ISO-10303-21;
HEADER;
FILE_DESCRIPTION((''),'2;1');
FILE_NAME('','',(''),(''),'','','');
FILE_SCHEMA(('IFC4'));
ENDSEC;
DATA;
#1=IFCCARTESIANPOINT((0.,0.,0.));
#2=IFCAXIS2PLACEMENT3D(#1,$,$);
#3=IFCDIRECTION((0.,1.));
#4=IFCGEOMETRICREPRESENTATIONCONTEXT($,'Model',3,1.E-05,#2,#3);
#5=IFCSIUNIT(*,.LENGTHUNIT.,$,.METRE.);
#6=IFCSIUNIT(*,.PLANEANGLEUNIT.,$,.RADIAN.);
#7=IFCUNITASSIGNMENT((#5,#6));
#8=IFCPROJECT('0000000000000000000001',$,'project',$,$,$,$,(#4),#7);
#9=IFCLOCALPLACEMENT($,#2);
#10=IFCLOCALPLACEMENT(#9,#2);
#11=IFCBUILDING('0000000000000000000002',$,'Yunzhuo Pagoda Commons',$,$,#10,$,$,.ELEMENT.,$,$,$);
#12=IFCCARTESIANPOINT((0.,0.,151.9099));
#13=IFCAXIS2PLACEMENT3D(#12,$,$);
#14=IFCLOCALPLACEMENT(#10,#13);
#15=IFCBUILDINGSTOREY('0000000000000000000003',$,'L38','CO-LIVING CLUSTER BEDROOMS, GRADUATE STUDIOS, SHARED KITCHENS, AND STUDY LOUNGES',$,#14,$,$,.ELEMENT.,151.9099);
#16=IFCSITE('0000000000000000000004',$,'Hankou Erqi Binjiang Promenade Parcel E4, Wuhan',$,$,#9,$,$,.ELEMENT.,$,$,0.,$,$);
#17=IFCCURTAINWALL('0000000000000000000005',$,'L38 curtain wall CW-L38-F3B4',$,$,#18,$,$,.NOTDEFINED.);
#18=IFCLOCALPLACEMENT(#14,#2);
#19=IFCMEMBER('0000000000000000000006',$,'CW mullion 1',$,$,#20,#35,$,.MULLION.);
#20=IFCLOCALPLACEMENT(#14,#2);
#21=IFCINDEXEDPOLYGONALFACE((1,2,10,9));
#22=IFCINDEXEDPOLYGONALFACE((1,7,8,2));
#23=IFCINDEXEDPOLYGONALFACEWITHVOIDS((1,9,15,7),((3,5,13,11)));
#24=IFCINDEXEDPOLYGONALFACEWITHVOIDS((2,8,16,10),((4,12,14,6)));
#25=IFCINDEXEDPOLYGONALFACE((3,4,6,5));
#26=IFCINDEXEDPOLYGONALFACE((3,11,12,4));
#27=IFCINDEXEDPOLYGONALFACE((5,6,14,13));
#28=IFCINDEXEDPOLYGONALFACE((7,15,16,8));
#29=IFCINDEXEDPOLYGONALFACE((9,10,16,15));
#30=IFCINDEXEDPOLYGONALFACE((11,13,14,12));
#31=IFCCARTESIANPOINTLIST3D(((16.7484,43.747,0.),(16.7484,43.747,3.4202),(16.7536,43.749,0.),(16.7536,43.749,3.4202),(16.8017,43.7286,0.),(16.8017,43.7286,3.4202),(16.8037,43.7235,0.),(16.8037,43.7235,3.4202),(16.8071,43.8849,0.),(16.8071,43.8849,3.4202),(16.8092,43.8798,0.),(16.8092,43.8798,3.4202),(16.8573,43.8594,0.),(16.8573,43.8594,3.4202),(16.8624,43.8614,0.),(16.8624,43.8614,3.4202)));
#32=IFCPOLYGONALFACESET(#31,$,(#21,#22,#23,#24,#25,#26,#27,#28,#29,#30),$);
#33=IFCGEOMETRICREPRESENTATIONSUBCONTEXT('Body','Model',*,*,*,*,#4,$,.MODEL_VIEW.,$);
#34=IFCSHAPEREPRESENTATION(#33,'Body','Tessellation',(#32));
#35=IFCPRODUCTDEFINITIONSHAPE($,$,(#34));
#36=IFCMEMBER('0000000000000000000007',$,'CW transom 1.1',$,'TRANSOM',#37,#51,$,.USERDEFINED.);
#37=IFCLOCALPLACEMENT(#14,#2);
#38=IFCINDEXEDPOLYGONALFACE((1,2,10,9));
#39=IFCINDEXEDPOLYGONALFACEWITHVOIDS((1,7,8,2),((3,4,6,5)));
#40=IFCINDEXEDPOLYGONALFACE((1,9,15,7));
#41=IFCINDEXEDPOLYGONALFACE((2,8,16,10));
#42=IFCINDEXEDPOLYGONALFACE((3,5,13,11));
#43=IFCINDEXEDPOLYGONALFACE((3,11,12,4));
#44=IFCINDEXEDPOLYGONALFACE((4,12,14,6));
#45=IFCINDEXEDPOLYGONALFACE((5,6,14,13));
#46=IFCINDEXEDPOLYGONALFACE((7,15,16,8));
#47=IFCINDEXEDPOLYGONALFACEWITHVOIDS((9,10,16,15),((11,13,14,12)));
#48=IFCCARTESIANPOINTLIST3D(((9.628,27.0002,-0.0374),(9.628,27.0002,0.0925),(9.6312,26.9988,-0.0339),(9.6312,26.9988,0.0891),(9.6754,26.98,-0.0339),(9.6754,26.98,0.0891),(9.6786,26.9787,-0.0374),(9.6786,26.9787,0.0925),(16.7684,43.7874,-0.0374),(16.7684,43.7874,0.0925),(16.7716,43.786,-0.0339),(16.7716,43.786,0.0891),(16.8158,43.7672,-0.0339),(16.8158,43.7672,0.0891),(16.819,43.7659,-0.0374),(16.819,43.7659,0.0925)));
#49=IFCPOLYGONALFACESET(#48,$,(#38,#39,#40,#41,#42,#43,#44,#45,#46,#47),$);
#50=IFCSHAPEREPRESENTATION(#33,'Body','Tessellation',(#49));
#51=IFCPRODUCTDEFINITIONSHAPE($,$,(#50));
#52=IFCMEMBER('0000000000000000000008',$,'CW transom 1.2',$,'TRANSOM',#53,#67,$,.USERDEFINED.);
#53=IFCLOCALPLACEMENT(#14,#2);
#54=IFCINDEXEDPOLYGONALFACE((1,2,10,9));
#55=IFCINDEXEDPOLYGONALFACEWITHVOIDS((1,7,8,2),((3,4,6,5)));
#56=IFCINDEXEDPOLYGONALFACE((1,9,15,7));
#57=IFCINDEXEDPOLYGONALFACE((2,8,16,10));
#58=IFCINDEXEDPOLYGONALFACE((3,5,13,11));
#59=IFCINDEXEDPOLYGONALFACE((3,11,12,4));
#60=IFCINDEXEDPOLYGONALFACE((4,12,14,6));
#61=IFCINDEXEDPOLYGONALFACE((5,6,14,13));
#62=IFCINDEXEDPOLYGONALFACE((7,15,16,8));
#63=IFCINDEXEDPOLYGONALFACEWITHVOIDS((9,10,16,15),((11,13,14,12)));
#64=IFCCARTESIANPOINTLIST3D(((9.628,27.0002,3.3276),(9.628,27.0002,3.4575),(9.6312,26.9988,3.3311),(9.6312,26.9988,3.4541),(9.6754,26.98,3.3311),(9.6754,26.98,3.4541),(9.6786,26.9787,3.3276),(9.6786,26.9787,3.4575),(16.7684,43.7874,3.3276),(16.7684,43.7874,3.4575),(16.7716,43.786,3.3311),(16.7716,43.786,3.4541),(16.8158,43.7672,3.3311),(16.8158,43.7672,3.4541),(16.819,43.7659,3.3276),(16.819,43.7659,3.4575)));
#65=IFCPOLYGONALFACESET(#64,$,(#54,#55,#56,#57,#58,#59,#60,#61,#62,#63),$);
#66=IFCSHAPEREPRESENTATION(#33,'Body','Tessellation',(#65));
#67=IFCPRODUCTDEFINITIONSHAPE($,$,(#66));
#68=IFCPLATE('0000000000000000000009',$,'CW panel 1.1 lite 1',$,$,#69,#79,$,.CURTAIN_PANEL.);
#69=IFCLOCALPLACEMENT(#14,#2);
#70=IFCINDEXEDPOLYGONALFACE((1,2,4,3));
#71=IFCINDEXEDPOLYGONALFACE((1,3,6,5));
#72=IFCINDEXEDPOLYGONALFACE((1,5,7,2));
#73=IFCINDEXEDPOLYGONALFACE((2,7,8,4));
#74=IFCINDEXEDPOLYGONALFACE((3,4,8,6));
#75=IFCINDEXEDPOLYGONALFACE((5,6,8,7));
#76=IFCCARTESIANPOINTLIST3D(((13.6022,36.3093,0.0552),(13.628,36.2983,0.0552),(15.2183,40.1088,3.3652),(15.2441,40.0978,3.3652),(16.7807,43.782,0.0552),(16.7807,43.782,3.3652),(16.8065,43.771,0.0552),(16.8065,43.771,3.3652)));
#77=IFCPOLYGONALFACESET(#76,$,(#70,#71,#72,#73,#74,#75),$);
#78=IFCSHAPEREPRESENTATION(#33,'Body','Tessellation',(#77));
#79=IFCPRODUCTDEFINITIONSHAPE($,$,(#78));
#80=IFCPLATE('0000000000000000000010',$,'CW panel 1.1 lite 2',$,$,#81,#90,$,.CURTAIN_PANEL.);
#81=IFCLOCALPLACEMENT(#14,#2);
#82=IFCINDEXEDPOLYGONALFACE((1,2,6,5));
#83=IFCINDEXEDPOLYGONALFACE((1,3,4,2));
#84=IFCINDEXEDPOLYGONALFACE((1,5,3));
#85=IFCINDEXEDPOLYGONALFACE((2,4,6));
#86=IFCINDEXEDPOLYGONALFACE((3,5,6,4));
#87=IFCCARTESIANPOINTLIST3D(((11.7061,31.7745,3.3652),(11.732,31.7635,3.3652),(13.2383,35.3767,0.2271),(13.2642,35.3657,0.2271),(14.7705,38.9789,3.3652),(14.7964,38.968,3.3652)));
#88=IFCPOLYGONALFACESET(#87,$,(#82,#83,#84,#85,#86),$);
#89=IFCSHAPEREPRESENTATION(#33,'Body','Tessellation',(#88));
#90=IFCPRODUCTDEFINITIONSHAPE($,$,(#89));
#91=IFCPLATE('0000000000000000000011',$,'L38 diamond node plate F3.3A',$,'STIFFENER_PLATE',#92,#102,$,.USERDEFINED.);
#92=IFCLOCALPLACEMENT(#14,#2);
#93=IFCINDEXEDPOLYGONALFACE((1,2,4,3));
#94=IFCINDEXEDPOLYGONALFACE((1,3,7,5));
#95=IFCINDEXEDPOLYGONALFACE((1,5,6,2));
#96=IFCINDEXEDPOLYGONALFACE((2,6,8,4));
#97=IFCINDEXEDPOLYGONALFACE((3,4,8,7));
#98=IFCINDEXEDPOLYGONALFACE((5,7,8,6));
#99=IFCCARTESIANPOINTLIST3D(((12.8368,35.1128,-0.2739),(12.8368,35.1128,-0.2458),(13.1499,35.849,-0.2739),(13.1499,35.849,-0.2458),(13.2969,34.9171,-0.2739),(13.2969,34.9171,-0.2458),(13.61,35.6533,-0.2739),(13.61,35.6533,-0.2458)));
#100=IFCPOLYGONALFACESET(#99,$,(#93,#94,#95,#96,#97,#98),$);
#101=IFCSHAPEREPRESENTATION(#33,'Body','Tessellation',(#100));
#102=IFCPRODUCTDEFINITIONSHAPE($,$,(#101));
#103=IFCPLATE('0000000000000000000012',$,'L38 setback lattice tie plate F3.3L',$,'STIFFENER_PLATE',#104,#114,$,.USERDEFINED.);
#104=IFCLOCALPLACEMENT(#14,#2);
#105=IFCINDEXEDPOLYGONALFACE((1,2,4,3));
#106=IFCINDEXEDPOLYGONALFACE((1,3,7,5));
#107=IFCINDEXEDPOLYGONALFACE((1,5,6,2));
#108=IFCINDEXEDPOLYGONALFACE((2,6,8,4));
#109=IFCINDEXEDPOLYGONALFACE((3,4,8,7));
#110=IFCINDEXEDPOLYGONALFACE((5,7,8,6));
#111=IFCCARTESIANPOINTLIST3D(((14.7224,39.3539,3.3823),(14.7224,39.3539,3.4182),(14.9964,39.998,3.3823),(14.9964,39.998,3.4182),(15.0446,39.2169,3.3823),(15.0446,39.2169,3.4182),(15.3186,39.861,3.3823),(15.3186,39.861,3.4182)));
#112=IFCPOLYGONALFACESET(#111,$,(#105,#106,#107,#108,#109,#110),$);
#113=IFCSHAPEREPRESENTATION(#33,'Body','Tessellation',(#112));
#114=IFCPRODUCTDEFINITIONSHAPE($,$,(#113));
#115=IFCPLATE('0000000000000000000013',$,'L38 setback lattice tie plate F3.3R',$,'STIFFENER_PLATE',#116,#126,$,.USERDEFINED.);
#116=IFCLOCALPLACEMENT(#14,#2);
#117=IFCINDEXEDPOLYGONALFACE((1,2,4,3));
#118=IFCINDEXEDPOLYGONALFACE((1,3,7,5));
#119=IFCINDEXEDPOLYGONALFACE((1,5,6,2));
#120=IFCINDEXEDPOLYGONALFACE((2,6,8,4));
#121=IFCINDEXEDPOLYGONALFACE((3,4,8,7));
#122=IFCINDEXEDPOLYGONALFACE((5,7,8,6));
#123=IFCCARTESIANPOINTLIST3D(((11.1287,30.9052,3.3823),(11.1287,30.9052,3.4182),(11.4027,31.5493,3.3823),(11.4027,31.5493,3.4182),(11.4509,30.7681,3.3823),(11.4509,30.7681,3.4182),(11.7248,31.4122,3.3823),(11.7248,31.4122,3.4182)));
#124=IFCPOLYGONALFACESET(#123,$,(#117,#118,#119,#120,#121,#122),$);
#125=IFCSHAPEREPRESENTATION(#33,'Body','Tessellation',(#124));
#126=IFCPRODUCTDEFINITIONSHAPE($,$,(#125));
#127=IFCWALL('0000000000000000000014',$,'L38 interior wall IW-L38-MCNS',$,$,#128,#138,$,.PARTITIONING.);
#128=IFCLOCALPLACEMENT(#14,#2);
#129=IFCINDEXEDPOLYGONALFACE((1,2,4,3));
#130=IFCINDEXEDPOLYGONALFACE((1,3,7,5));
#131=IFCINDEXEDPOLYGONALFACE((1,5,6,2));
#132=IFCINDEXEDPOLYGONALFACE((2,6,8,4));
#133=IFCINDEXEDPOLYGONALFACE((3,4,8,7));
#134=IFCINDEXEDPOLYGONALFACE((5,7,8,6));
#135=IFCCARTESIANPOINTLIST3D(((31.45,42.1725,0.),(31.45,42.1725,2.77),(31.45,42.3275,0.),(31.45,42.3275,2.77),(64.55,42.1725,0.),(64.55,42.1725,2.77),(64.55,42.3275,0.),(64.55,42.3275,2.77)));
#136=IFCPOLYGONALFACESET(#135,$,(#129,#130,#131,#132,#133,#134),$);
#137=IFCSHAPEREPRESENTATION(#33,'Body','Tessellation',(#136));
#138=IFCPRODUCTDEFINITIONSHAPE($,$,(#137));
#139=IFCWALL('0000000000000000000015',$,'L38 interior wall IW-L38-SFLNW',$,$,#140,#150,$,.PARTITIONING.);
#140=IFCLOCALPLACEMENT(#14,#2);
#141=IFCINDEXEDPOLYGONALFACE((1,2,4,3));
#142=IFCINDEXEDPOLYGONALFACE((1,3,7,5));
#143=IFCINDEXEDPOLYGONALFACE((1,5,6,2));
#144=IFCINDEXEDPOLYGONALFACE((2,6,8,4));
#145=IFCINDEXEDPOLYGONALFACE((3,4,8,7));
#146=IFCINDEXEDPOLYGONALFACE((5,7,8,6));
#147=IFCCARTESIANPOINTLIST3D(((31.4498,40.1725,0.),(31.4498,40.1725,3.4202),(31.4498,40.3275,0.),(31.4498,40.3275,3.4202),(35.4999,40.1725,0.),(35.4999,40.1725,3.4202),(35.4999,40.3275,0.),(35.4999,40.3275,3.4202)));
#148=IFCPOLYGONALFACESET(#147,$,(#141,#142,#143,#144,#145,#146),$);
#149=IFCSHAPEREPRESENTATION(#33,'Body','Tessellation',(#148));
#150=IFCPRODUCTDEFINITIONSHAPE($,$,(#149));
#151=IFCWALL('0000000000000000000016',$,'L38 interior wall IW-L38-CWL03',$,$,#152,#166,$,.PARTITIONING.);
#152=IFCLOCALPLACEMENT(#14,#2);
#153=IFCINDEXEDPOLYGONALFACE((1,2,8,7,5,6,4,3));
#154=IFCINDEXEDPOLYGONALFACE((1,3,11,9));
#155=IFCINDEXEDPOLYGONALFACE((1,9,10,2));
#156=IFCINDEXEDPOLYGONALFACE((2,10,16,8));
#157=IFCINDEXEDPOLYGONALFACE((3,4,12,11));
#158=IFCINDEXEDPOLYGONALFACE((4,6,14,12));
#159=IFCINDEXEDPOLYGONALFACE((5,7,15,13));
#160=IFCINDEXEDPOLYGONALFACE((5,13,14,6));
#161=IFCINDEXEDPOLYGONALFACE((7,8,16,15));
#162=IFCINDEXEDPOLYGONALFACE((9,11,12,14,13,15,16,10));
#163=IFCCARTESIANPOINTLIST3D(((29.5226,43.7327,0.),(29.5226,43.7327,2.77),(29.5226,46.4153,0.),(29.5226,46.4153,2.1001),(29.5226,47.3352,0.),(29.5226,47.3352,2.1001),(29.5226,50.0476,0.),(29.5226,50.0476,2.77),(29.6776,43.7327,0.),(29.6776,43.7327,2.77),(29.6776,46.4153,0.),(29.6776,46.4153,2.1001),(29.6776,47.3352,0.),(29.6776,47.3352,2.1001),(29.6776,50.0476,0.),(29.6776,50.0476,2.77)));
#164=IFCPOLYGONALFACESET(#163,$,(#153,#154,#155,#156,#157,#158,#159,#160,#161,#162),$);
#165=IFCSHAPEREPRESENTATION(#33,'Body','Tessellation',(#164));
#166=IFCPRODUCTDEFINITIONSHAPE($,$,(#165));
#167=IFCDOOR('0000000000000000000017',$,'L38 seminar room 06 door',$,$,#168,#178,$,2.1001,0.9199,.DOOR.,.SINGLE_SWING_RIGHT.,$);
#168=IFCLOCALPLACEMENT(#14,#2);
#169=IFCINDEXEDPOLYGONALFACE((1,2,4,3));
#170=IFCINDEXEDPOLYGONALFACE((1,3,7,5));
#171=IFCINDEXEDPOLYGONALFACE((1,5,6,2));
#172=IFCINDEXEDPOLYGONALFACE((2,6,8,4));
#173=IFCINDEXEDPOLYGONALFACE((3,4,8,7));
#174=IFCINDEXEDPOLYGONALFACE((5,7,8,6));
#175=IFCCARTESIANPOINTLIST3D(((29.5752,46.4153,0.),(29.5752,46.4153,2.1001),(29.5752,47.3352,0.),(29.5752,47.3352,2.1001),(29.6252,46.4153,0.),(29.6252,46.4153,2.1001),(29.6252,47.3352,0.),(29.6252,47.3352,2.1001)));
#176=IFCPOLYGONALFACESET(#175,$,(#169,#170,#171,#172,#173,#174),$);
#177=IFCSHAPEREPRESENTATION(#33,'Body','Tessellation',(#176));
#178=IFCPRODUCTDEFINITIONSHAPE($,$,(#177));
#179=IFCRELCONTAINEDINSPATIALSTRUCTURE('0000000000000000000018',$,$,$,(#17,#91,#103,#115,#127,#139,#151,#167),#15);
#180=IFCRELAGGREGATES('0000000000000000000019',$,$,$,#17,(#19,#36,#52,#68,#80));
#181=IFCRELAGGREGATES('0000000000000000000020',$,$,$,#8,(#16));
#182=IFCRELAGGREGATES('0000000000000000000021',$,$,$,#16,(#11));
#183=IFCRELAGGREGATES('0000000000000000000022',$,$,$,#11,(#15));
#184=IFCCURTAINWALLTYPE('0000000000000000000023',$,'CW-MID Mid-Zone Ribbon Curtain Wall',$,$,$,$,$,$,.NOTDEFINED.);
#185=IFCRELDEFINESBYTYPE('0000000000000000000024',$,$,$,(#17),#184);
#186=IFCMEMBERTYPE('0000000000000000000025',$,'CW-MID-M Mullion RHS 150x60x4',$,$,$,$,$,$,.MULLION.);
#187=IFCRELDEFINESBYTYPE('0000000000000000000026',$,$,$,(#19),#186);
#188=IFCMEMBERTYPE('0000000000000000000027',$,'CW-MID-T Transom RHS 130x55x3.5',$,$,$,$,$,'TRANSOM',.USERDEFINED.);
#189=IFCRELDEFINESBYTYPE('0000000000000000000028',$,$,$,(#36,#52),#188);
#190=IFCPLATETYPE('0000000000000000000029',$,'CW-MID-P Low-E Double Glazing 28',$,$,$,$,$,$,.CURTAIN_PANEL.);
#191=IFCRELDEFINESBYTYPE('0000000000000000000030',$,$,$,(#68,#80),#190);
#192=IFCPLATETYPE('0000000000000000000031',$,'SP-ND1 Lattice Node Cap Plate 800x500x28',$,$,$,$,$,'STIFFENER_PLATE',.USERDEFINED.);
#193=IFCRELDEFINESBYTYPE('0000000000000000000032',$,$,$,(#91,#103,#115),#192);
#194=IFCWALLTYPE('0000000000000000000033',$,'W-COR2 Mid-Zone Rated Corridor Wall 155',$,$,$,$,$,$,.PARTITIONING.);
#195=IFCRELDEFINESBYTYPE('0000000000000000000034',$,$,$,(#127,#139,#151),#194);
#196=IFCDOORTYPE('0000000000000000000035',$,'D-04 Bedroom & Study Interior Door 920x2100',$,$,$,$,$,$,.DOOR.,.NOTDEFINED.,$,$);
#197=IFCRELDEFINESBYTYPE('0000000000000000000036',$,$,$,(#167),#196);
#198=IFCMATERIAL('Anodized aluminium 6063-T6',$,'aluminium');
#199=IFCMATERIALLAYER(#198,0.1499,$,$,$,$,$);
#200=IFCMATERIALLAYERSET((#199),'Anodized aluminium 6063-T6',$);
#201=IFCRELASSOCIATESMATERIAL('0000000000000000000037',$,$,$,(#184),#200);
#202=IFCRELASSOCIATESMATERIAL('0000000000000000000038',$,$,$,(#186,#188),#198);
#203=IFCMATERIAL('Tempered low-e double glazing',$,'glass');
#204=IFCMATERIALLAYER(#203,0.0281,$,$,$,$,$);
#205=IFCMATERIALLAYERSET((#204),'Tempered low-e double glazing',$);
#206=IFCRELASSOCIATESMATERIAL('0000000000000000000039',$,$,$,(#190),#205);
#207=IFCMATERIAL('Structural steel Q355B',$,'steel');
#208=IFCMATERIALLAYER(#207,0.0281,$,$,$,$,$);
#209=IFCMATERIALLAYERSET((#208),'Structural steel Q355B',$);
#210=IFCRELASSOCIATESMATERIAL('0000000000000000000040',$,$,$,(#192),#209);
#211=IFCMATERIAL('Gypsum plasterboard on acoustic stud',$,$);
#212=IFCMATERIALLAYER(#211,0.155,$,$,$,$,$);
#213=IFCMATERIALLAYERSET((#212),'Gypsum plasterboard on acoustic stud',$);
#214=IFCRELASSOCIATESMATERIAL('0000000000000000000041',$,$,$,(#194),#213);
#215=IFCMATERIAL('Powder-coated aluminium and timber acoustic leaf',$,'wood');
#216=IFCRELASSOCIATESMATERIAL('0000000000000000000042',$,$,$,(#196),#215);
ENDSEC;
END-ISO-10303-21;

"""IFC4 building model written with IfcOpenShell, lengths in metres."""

from ifc_helpers import new_model, si_unit, direction, frame, frame_2d, origin, origin_with_axes, origin_2d, place, context, subcontext, project, spatial, polyline, rectangle, hollow_rectangle, outline, extrude, source, transform, mapped, material, layer, layer_set, material_profile, profile_set, type_object, element, fill, aggregate, save


model = new_model("IFC4")

# Units and contexts
model_context = context("Model", 3, precision=1e-05, world=origin(), true_north=direction((0.0, 1.0)))
body_context = subcontext(model_context, "Body", "Model", "MODEL_VIEW")
ifc_project = project(units=[si_unit("LENGTHUNIT", "METRE"), si_unit("PLANEANGLEUNIT", "RADIAN")], contexts=[model_context])

# Site, building, storey
site_placement = place(None, origin())
site = spatial("IfcSite", under=ifc_project, at=site_placement, Name="Hankou Erqi Binjiang Promenade Parcel E4, Wuhan", CompositionType="ELEMENT", RefElevation=0.0)
building_placement = place(site_placement, origin())
building = spatial("IfcBuilding", under=site, at=building_placement, Name="Yunzhuo Pagoda Commons", CompositionType="ELEMENT")
storey_placement = place(building_placement, frame((0.0, 0.0, 151.9099)))
storey = spatial("IfcBuildingStorey", under=building, at=storey_placement, Name="L38", Description="CO-LIVING CLUSTER BEDROOMS, GRADUATE STUDIOS, SHARED KITCHENS, AND STUDY LOUNGES", CompositionType="ELEMENT", Elevation=151.9099)

# Shared definitions
ifc_material_1 = material(Name="Structural steel Q355B", Category="steel")

# Curtain wall, members, plates
ifc_material_2 = material(Name="Anodized aluminium 6063-T6", Category="aluminium")
ifc_layer_1 = layer(ifc_material_2, 0.1499)
ifc_layer_set_1 = layer_set([ifc_layer_1], Name="Anodized aluminium 6063-T6")
curtain_wall_type = type_object("IfcCurtainWallType", Name="CW-MID Mid-Zone Ribbon Curtain Wall", PredefinedType="NOTDEFINED", material=ifc_layer_set_1)
curtain_wall_placement = place(storey_placement, origin())
curtain_wall = element("IfcCurtainWall", 1, at=curtain_wall_placement, inside=storey, type_object=curtain_wall_type, Name="L38 curtain wall CW-L38-F3B4", PredefinedType="NOTDEFINED")
ifc_material_profile_1 = material_profile(ifc_material_2, hollow_rectangle(XDim=0.0601, YDim=0.1499, WallThickness=0.0039, at=origin_2d()), Name="Anodized aluminium 6063-T6")
ifc_profile_set_1 = profile_set([ifc_material_profile_1], Name="Anodized aluminium 6063-T6")
member_type_1 = type_object("IfcMemberType", Name="CW-MID-M Mullion RHS 150x60x4", PredefinedType="MULLION", material=ifc_profile_set_1)
shared_shape_1 = source(origin(), body_context, "Body", "SweptSolid", [
    extrude(hollow_rectangle(XDim=0.0601, YDim=0.1499, WallThickness=0.0039, at=origin_2d()), origin(), (0.0, 0.0, 1.0), 3.4202),
])
member_1_placement = place(storey_placement, frame((16.8054, 43.8042, 0.0), z_axis=(0.0, 0.0, 1.0), x_axis=(0.920217, -0.391409, 0.0)))
member_1 = element("IfcMember", 2, at=member_1_placement, type_object=member_type_1, Name="CW mullion 1", PredefinedType="MULLION", context=body_context, shape_type="MappedRepresentation", body=[
    mapped(shared_shape_1, transform((0.0, 0.0, 0.0), scale=1.0)),
])
ifc_material_profile_2 = material_profile(ifc_material_2, hollow_rectangle(XDim=0.0549, YDim=0.1299, WallThickness=0.0034, at=origin_2d()), Name="Anodized aluminium 6063-T6")
ifc_profile_set_2 = profile_set([ifc_material_profile_2], Name="Anodized aluminium 6063-T6")
member_type_2 = type_object("IfcMemberType", Name="CW-MID-T Transom RHS 130x55x3.5", ElementType="TRANSOM", PredefinedType="USERDEFINED", material=ifc_profile_set_2)
shared_shape_2 = source(origin(), body_context, "Body", "SweptSolid", [
    extrude(hollow_rectangle(XDim=0.0549, YDim=0.1299, WallThickness=0.0034, at=origin_2d()), origin(), (0.0, 0.0, 1.0), 18.2427),
])
member_2_placement = place(storey_placement, frame((16.7937, 43.7766, 0.0276), z_axis=(-0.391413, -0.920215, 0.0), x_axis=(0.920215, -0.391413, 0.0)))
member_2 = element("IfcMember", 3, at=member_2_placement, type_object=member_type_2, Name="CW transom 1.1", ObjectType="TRANSOM", PredefinedType="USERDEFINED", context=body_context, shape_type="MappedRepresentation", body=[
    mapped(shared_shape_2, transform((0.0, 0.0, 0.0), scale=1.0)),
])
member_3_placement = place(storey_placement, frame((16.7937, 43.7766, 3.3926), z_axis=(-0.391413, -0.920215, 0.0), x_axis=(0.920215, -0.391413, 0.0)))
member_3 = element("IfcMember", 4, at=member_3_placement, type_object=member_type_2, Name="CW transom 1.2", ObjectType="TRANSOM", PredefinedType="USERDEFINED", context=body_context, shape_type="MappedRepresentation", body=[
    mapped(shared_shape_2, transform((0.0, 0.0, 0.0), scale=1.0)),
])
ifc_material_3 = material(Name="Tempered low-e double glazing", Category="glass")
ifc_layer_2 = layer(ifc_material_3, 0.0281)
ifc_layer_set_2 = layer_set([ifc_layer_2], Name="Tempered low-e double glazing")
plate_type_1 = type_object("IfcPlateType", Name="CW-MID-P Low-E Double Glazing 28", PredefinedType="CURTAIN_PANEL", material=ifc_layer_set_2)
plate_1_placement = place(storey_placement, frame((15.2173, 40.0347, 1.7102), z_axis=(-0.920217, 0.391409, 0.0), x_axis=(-0.391409, -0.920217, 0.0)))
plate_1 = element("IfcPlate", 5, at=plate_1_placement, type_object=plate_type_1, Name="CW panel 1.1 lite 1", PredefinedType="CURTAIN_PANEL", context=body_context, shape_type="SweptSolid", body=[
    extrude(outline(polyline([(-4.0603, -1.655), (4.0603, -1.655), (-0.0686, 1.655), (-4.0603, 1.655), (-4.0603, -1.655)])), origin(), (0.0, 0.0, 1.0), 0.0281),
])
plate_2_placement = place(storey_placement, frame((13.2642, 35.3657, 1.7961), z_axis=(-0.920217, 0.391409, 0.0), x_axis=(-0.391409, -0.920217, 0.0)))
plate_2 = element("IfcPlate", 6, at=plate_2_placement, type_object=plate_type_1, Name="CW panel 1.1 lite 2", PredefinedType="CURTAIN_PANEL", context=body_context, shape_type="SweptSolid", body=[
    extrude(outline(polyline([(-3.9146, 1.5691), (0.0, -1.5691), (3.9146, 1.5691), (-3.9146, 1.5691)])), origin(), (0.0, 0.0, 1.0), 0.0281),
])
aggregate(curtain_wall, [member_1, member_2, member_3, plate_1, plate_2])

# Plates
ifc_layer_3 = layer(ifc_material_1, 0.0281)
ifc_layer_set_3 = layer_set([ifc_layer_3], Name="Structural steel Q355B")
plate_type_2 = type_object("IfcPlateType", Name="SP-ND1 Lattice Node Cap Plate 800x500x28", ElementType="STIFFENER_PLATE", PredefinedType="USERDEFINED", material=ifc_layer_set_3)
shared_shape_3 = source(origin(), body_context, "Body", "SweptSolid", [
    extrude(rectangle(XDim=0.8, YDim=0.5, at=origin_2d()), origin(), (0.0, 0.0, 1.0), 0.0281),
])
plate_3_placement = place(storey_placement, frame((13.2234, 35.3831, -0.2739), z_axis=(0.0, 0.0, 1.0), x_axis=(-0.391406, -0.920218, 0.0)))
element("IfcPlate", 7, at=plate_3_placement, inside=storey, type_object=plate_type_2, Name="L38 diamond node plate F3.3A", ObjectType="STIFFENER_PLATE", PredefinedType="USERDEFINED", context=body_context, shape_type="MappedRepresentation", body=[
    mapped(shared_shape_3, transform((0.0, 0.0, 0.0), scale=1.0)),
])
shared_shape_4 = source(origin(), body_context, "Body", "SweptSolid", [
    extrude(rectangle(XDim=0.7, YDim=0.3501, at=origin_2d()), origin(), (0.0, 0.0, 1.0), 0.0359),
])
for number, where, z_axis, x_axis, name in (
    (8, (15.0205, 39.6074, 3.3823), (0.0, 0.0, 1.0), (-0.391406, -0.920218, 0.0), "L38 setback lattice tie plate F3.3L"),
    (9, (11.4268, 31.1587, 3.3823), (0.0, 0.0, 1.0), (-0.391406, -0.920218, 0.0), "L38 setback lattice tie plate F3.3R"),
):
    element("IfcPlate", number, at=place(storey_placement, frame(where, z_axis=z_axis, x_axis=x_axis)), inside=storey, type_object=plate_type_2, Name=name, ObjectType="STIFFENER_PLATE", PredefinedType="USERDEFINED", context=body_context, shape_type="MappedRepresentation", body=[
        mapped(shared_shape_4, transform((0.0, 0.0, 0.0), scale=1.0)),
    ])

# Walls
ifc_material_4 = material(Name="Gypsum plasterboard on acoustic stud")
ifc_layer_4 = layer(ifc_material_4, 0.155)
ifc_layer_set_4 = layer_set([ifc_layer_4], Name="Gypsum plasterboard on acoustic stud")
wall_type_1 = type_object("IfcWallType", Name="W-COR2 Mid-Zone Rated Corridor Wall 155", PredefinedType="PARTITIONING", material=ifc_layer_set_4)
wall_1_placement = place(storey_placement, frame((31.45, 42.25, 0.0), z_axis=(0.0, 0.0, 1.0), x_axis=(1.0, 0.0, 0.0)))
element("IfcWall", 10, at=wall_1_placement, inside=storey, type_object=wall_type_1, Name="L38 interior wall IW-L38-MCNS", PredefinedType="PARTITIONING", context=body_context, shape_type="SweptSolid", body=[
    extrude(rectangle(XDim=33.1001, YDim=0.155, at=frame_2d((16.55, 0.0))), origin(), (0.0, 0.0, 1.0), 2.77),
])
wall_2_placement = place(storey_placement, frame((31.45, 40.25, 0.0), z_axis=(0.0, 0.0, 1.0), x_axis=(1.0, 0.0, 0.0)))
element("IfcWall", 11, at=wall_2_placement, inside=storey, type_object=wall_type_1, Name="L38 interior wall IW-L38-SFLNW", PredefinedType="PARTITIONING", context=body_context, shape_type="SweptSolid", body=[
    extrude(rectangle(XDim=4.05, YDim=0.155, at=frame_2d((2.0249, 0.0))), origin(), (0.0, 0.0, 1.0), 3.4202),
])

# Wall, opening, door
wall_3_placement = place(storey_placement, frame((29.6001, 43.7327, 0.0), z_axis=(0.0, 0.0, 1.0), x_axis=(0.0, 1.0, 0.0)))
wall_3 = element("IfcWall", 12, at=wall_3_placement, inside=storey, type_object=wall_type_1, Name="L38 interior wall IW-L38-CWL03", PredefinedType="PARTITIONING", context=body_context, shape_type="SweptSolid", body=[
    extrude(rectangle(XDim=6.3149, YDim=0.155, at=frame_2d((3.1575, 0.0))), origin(), (0.0, 0.0, 1.0), 2.77),
])
opening_1_placement = place(wall_3_placement, frame((2.6826, 0.0, 0.0)))
opening_1 = element("IfcOpeningElement", 13, at=opening_1_placement, cuts=wall_3, PredefinedType="OPENING", context=body_context, shape_type="SweptSolid", body=[
    extrude(rectangle(XDim=0.9199, YDim=2.1001, at=frame_2d((0.46, 1.05))), frame((0.0, 0.0874, 0.0), z_axis=(0.0, -1.0, 0.0), x_axis=(1.0, 0.0, 0.0)), (0.0, 0.0, 1.0), 0.175),
])
ifc_material_5 = material(Name="Powder-coated aluminium and timber acoustic leaf", Category="wood")
door_type_1 = type_object("IfcDoorType", Name="D-04 Bedroom & Study Interior Door 920x2100", OperationType="NOTDEFINED", PredefinedType="DOOR", material=ifc_material_5)
shared_shape_5 = source(origin(), body_context, "Body", "SweptSolid", [
    extrude(rectangle(XDim=0.9199, YDim=2.1001, at=frame_2d((0.46, 1.05))), frame((0.0, 0.0249, 0.0), z_axis=(0.0, -1.0, 0.0), x_axis=(1.0, 0.0, 0.0)), (0.0, 0.0, 1.0), 0.05),
])
door_1_placement = place(opening_1_placement, origin_with_axes())
door_1 = element("IfcDoor", 14, at=door_1_placement, inside=storey, type_object=door_type_1, Name="L38 seminar room 06 door", OperationType="SINGLE_SWING_RIGHT", OverallHeight=2.1001, OverallWidth=0.9199, PredefinedType="DOOR", context=body_context, shape_type="MappedRepresentation", body=[
    mapped(shared_shape_5, transform((0.0, 0.0, 0.0), scale=1.0)),
])
fill(opening_1, door_1)

save(model, "model.ifc")
